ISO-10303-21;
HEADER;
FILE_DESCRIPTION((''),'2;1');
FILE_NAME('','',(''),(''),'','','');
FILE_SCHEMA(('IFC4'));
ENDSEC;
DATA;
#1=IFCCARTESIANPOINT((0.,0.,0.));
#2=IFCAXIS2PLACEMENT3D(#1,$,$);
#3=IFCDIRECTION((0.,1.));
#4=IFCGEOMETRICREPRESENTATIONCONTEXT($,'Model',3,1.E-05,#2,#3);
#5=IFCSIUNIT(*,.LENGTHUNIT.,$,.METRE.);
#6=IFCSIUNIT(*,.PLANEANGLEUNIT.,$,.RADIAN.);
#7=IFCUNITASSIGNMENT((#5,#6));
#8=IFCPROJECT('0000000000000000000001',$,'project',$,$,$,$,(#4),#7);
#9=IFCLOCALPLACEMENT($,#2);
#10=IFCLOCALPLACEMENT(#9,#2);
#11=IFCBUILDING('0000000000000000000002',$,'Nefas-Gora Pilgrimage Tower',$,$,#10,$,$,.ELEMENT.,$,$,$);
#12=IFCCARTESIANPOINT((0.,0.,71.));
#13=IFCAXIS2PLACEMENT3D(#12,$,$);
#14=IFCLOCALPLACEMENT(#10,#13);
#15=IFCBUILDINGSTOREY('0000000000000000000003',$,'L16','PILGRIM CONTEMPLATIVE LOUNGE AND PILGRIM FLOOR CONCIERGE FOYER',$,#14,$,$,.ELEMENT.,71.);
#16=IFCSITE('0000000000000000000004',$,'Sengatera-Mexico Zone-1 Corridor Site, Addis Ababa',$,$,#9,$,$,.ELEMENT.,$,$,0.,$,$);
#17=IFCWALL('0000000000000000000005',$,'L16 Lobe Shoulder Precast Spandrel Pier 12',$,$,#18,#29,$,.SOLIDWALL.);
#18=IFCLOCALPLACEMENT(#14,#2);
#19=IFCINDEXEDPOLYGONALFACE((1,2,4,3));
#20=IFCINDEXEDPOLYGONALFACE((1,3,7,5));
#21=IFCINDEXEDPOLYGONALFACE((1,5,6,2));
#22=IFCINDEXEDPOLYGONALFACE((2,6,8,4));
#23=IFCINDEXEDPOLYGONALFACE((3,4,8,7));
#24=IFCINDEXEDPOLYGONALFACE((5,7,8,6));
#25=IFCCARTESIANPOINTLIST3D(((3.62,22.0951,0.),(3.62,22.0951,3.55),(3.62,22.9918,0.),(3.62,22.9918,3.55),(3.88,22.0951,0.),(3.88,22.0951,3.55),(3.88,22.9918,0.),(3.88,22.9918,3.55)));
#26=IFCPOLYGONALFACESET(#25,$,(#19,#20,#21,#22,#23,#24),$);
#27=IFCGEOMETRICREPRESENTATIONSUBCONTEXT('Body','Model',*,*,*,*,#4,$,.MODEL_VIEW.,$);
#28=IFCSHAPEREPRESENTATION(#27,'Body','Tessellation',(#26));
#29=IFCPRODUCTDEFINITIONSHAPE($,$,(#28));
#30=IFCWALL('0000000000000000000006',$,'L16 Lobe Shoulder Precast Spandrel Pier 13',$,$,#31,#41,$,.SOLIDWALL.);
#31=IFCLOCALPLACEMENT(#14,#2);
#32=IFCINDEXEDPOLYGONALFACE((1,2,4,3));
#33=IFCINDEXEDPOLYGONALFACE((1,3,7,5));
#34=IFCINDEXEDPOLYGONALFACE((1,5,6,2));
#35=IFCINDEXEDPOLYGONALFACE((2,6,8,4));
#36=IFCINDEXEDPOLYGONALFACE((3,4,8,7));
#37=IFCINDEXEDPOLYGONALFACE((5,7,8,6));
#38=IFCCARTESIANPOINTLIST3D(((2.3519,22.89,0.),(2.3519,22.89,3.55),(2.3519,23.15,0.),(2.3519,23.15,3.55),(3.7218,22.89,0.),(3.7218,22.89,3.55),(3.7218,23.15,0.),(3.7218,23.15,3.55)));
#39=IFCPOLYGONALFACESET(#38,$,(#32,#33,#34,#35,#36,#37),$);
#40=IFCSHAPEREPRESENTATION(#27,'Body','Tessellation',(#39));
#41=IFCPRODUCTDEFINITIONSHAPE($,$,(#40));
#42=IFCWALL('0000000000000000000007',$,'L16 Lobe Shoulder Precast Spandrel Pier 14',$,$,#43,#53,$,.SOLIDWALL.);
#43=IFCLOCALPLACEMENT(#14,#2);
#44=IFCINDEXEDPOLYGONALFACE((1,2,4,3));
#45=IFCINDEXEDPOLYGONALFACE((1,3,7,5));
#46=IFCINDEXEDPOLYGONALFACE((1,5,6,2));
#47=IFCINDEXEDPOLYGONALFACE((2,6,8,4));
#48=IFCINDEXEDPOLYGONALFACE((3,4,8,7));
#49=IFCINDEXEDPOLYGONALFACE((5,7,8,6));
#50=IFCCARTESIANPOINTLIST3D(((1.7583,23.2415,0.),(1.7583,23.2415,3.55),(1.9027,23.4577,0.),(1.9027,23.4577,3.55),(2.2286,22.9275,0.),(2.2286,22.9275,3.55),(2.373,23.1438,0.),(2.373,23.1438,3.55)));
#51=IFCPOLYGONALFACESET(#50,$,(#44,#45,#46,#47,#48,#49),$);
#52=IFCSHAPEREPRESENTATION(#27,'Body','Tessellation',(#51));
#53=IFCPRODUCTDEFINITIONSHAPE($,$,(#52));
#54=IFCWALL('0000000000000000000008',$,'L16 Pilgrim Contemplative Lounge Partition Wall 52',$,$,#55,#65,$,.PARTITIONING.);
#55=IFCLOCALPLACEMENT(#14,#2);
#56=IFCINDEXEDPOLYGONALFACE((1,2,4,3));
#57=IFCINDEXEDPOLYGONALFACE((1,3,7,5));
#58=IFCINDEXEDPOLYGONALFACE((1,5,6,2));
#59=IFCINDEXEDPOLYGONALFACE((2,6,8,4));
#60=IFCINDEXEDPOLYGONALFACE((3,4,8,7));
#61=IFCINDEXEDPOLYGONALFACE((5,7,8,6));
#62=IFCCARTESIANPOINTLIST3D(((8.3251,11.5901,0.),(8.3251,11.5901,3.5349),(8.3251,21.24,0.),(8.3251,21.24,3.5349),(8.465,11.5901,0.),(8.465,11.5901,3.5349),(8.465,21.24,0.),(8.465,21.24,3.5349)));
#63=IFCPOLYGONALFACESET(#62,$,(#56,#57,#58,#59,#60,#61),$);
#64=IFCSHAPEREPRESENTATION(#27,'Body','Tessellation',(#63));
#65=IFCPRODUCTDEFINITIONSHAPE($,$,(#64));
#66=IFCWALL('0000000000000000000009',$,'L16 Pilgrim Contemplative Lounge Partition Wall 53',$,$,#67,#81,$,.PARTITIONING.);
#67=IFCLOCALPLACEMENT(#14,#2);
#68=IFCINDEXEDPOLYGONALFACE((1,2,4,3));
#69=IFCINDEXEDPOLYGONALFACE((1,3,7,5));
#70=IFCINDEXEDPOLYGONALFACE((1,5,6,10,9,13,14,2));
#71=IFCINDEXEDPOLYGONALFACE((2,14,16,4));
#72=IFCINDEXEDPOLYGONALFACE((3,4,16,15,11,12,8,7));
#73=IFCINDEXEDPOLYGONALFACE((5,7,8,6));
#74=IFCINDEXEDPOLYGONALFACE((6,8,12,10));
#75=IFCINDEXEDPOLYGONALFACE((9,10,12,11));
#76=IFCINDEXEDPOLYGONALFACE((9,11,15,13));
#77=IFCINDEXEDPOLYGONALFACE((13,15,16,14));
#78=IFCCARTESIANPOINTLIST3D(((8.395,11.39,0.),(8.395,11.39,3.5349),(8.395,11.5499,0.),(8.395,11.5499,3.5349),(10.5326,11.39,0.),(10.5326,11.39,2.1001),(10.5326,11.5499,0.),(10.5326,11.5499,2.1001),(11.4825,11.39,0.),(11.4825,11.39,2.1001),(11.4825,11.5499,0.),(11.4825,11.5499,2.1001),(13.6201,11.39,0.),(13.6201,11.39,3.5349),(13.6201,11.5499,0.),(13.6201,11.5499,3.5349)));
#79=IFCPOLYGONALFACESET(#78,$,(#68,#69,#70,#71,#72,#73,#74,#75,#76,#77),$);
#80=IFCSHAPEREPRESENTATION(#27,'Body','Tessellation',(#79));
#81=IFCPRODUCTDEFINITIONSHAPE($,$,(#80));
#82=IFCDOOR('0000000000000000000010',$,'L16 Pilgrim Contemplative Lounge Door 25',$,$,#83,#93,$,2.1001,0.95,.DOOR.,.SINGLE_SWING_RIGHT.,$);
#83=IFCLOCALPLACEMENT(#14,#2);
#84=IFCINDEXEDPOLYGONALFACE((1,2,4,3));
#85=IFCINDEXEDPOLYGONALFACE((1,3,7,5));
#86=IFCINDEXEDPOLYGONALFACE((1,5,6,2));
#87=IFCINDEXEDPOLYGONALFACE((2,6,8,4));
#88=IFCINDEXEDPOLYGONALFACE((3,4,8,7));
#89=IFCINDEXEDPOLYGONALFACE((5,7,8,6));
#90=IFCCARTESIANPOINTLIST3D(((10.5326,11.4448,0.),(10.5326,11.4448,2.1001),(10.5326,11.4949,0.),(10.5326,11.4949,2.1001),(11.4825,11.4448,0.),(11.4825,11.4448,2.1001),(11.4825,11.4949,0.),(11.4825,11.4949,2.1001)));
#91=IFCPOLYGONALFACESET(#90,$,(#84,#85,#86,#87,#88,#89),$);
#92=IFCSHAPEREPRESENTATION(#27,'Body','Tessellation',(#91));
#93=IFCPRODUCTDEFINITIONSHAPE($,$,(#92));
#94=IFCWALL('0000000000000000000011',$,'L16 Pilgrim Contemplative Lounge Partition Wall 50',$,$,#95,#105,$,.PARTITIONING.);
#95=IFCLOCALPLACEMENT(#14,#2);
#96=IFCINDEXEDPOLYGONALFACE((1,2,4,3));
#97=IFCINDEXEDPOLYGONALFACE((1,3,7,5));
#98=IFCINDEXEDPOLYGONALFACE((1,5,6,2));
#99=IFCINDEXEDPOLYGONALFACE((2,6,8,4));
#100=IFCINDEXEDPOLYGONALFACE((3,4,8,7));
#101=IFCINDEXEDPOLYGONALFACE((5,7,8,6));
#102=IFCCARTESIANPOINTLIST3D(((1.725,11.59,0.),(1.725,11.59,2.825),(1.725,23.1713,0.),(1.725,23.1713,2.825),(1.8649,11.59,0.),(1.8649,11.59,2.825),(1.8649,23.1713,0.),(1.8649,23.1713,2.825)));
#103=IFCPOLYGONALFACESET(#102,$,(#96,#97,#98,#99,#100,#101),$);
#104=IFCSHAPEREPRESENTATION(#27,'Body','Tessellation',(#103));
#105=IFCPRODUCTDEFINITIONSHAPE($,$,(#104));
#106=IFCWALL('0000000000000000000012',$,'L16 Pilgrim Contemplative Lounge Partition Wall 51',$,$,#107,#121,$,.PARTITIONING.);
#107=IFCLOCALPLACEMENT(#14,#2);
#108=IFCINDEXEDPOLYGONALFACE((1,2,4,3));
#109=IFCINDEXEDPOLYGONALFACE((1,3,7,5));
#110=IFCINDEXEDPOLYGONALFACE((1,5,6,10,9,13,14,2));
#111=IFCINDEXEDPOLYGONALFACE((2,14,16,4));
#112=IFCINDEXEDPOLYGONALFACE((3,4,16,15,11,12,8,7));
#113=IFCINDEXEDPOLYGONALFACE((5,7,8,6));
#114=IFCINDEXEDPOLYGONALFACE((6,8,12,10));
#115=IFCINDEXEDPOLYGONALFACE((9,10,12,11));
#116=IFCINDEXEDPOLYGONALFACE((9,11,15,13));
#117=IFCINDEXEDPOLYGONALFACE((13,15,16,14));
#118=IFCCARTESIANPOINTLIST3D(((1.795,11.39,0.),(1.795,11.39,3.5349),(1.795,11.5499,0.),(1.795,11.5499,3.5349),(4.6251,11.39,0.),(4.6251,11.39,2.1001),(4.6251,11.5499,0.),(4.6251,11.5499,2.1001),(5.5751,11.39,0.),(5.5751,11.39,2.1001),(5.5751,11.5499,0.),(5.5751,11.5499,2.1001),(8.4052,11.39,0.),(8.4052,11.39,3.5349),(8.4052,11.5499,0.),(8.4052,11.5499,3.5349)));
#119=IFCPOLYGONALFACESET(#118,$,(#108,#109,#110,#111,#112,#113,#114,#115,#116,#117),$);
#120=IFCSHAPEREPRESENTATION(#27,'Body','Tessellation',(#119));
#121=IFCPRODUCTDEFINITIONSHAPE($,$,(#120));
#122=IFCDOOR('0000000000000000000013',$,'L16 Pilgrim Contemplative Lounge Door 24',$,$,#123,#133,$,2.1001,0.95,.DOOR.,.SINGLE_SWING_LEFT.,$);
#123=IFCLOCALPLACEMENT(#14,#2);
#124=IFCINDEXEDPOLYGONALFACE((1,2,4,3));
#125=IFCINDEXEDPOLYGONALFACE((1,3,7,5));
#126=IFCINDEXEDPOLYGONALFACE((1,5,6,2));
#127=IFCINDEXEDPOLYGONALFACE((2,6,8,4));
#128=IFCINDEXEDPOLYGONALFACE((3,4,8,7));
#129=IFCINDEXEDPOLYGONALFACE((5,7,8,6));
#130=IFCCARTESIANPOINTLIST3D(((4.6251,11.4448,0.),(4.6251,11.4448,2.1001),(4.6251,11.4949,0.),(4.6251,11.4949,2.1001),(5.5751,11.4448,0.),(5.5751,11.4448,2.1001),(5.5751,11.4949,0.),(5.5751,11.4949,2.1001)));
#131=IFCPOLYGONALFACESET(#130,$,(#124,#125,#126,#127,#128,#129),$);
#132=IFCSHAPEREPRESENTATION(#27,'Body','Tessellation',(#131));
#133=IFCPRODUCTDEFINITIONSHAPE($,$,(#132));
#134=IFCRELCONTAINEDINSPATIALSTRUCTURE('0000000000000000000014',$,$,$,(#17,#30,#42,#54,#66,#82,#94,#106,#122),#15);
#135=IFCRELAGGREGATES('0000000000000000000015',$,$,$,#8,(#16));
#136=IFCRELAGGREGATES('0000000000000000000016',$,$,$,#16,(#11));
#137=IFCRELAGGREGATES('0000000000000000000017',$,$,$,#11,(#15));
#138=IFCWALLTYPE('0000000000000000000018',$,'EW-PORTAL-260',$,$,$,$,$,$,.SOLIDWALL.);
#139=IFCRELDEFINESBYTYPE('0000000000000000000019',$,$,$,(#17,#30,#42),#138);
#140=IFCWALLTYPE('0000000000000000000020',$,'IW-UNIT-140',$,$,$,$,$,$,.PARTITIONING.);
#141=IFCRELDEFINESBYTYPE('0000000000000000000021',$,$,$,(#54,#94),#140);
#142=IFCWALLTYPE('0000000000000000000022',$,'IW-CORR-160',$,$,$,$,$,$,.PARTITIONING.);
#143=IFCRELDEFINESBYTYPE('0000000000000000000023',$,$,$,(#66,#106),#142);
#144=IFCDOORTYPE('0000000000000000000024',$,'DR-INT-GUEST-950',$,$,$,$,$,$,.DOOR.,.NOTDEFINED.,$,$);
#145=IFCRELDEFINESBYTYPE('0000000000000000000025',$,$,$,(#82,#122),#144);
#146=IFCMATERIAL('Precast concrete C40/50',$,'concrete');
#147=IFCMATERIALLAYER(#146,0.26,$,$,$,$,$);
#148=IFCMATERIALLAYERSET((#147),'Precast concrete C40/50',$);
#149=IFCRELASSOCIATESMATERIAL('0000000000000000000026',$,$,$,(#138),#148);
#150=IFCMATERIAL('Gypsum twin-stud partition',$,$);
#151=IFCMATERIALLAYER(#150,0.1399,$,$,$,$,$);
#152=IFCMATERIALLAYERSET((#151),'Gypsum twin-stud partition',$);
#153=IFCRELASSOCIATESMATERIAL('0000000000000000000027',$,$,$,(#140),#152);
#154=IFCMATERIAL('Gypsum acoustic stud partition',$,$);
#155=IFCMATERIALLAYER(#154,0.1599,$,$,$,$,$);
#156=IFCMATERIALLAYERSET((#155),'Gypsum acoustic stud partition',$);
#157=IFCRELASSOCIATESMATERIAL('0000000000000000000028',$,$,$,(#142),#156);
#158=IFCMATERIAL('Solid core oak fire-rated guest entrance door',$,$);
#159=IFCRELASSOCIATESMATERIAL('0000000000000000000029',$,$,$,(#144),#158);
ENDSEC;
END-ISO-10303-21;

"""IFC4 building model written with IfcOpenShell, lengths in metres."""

from ifc_helpers import new_model, si_unit, direction, frame, frame_2d, origin, place, context, subcontext, project, spatial, rectangle, extrude, source, transform, mapped, material, layer, layer_set, type_object, element, fill, save


model = new_model("IFC4")

# Units and contexts
model_context = context("Model", 3, precision=1e-05, world=origin(), true_north=direction((0.0, 1.0)))
body_context = subcontext(model_context, "Body", "Model", "MODEL_VIEW")
ifc_project = project(units=[si_unit("LENGTHUNIT", "METRE"), si_unit("PLANEANGLEUNIT", "RADIAN")], contexts=[model_context])

# Site, building, storey
site_placement = place(None, origin())
site = spatial("IfcSite", under=ifc_project, at=site_placement, Name="Sengatera-Mexico Zone-1 Corridor Site, Addis Ababa", CompositionType="ELEMENT", RefElevation=0.0)
building_placement = place(site_placement, origin())
building = spatial("IfcBuilding", under=site, at=building_placement, Name="Nefas-Gora Pilgrimage Tower", CompositionType="ELEMENT")
storey_placement = place(building_placement, frame((0.0, 0.0, 71.0)))
storey = spatial("IfcBuildingStorey", under=building, at=storey_placement, Name="L16", Description="PILGRIM CONTEMPLATIVE LOUNGE AND PILGRIM FLOOR CONCIERGE FOYER", CompositionType="ELEMENT", Elevation=71.0)

# Walls
ifc_material_1 = material(Name="Precast concrete C40/50", Category="concrete")
ifc_layer_1 = layer(ifc_material_1, 0.26)
ifc_layer_set_1 = layer_set([ifc_layer_1], Name="Precast concrete C40/50")
wall_type_1 = type_object("IfcWallType", Name="EW-PORTAL-260", PredefinedType="SOLIDWALL", material=ifc_layer_set_1)
shared_shape_1 = source(origin(), body_context, "Body", "SweptSolid", [
    extrude(rectangle(XDim=0.8967, YDim=0.26, at=frame_2d((0.4482, 0.0))), origin(), (0.0, 0.0, 1.0), 3.55),
])
wall_1_placement = place(storey_placement, frame((3.75, 22.0952, 0.0), z_axis=(0.0, 0.0, 1.0), x_axis=(0.0, 1.0, 0.0)))
element("IfcWall", 1, at=wall_1_placement, inside=storey, type_object=wall_type_1, Name="L16 Lobe Shoulder Precast Spandrel Pier 12", PredefinedType="SOLIDWALL", context=body_context, shape_type="MappedRepresentation", body=[
    mapped(shared_shape_1, transform((0.0, 0.0, 0.0), x_axis=(1.0, 0.0, 0.0), y_axis=(0.0, 1.0, 0.0), z_axis=(0.0, 0.0, 1.0), scale=1.0)),
])
shared_shape_2 = source(origin(), body_context, "Body", "SweptSolid", [
    extrude(rectangle(XDim=1.3699, YDim=0.26, at=frame_2d((0.6851, 0.0))), origin(), (0.0, 0.0, 1.0), 3.55),
])
wall_2_placement = place(storey_placement, frame((3.7219, 23.02, 0.0), z_axis=(0.0, 0.0, 1.0), x_axis=(-1.0, 0.0, 0.0)))
element("IfcWall", 2, at=wall_2_placement, inside=storey, type_object=wall_type_1, Name="L16 Lobe Shoulder Precast Spandrel Pier 13", PredefinedType="SOLIDWALL", context=body_context, shape_type="MappedRepresentation", body=[
    mapped(shared_shape_2, transform((0.0, 0.0, 0.0), x_axis=(1.0, 0.0, 0.0), y_axis=(0.0, 1.0, 0.0), z_axis=(0.0, 0.0, 1.0), scale=1.0)),
])
shared_shape_3 = source(origin(), body_context, "Body", "SweptSolid", [
    extrude(rectangle(XDim=0.5654, YDim=0.26, at=frame_2d((0.2827, 0.0))), origin(), (0.0, 0.0, 1.0), 3.55),
])
wall_3_placement = place(storey_placement, frame((2.3008, 23.0356, 0.0), z_axis=(0.0, 0.0, 1.0), x_axis=(-0.831651, 0.555298, 0.0)))
element("IfcWall", 3, at=wall_3_placement, inside=storey, type_object=wall_type_1, Name="L16 Lobe Shoulder Precast Spandrel Pier 14", PredefinedType="SOLIDWALL", context=body_context, shape_type="MappedRepresentation", body=[
    mapped(shared_shape_3, transform((0.0, 0.0, 0.0), x_axis=(1.0, 0.0, 0.0), y_axis=(0.0, 1.0, 0.0), z_axis=(0.0, 0.0, 1.0), scale=1.0)),
])
ifc_material_2 = material(Name="Gypsum twin-stud partition")
ifc_layer_2 = layer(ifc_material_2, 0.1399)
ifc_layer_set_2 = layer_set([ifc_layer_2], Name="Gypsum twin-stud partition")
wall_type_2 = type_object("IfcWallType", Name="IW-UNIT-140", PredefinedType="PARTITIONING", material=ifc_layer_set_2)
shared_shape_4 = source(origin(), body_context, "Body", "SweptSolid", [
    extrude(rectangle(XDim=9.6499, YDim=0.1399, at=frame_2d((4.825, 0.0))), origin(), (0.0, 0.0, 1.0), 3.5349),
])
wall_4_placement = place(storey_placement, frame((8.395, 11.5901, 0.0), z_axis=(0.0, 0.0, 1.0), x_axis=(0.0, 1.0, 0.0)))
element("IfcWall", 4, at=wall_4_placement, inside=storey, type_object=wall_type_2, Name="L16 Pilgrim Contemplative Lounge Partition Wall 52", PredefinedType="PARTITIONING", context=body_context, shape_type="MappedRepresentation", body=[
    mapped(shared_shape_4, transform((0.0, 0.0, 0.0), x_axis=(1.0, 0.0, 0.0), y_axis=(0.0, 1.0, 0.0), z_axis=(0.0, 0.0, 1.0), scale=1.0)),
])

# Wall, opening, door
ifc_material_3 = material(Name="Gypsum acoustic stud partition")
ifc_layer_3 = layer(ifc_material_3, 0.1599)
ifc_layer_set_3 = layer_set([ifc_layer_3], Name="Gypsum acoustic stud partition")
wall_type_3 = type_object("IfcWallType", Name="IW-CORR-160", PredefinedType="PARTITIONING", material=ifc_layer_set_3)
shared_shape_5 = source(origin(), body_context, "Body", "SweptSolid", [
    extrude(rectangle(XDim=5.2251, YDim=0.1599, at=frame_2d((2.6125, 0.0))), origin(), (0.0, 0.0, 1.0), 3.5349),
])
wall_5_placement = place(storey_placement, frame((8.395, 11.47, 0.0), z_axis=(0.0, 0.0, 1.0), x_axis=(1.0, 0.0, 0.0)))
wall_5 = element("IfcWall", 5, at=wall_5_placement, inside=storey, type_object=wall_type_3, Name="L16 Pilgrim Contemplative Lounge Partition Wall 53", PredefinedType="PARTITIONING", context=body_context, shape_type="MappedRepresentation", body=[
    mapped(shared_shape_5, transform((0.0, 0.0, 0.0), x_axis=(1.0, 0.0, 0.0), y_axis=(0.0, 1.0, 0.0), z_axis=(0.0, 0.0, 1.0), scale=1.0)),
])
opening_1_placement = place(wall_5_placement, frame((2.1375, 0.0, 0.0)))
opening_1 = element("IfcOpeningElement", 6, at=opening_1_placement, cuts=wall_5, PredefinedType="OPENING", context=body_context, shape_type="SweptSolid", body=[
    extrude(rectangle(XDim=0.95, YDim=2.1001, at=frame_2d((0.4751, 1.05))), frame((0.0, 0.0898, 0.0), z_axis=(0.0, -1.0, 0.0), x_axis=(1.0, 0.0, 0.0)), (0.0, 0.0, 1.0), 0.1799),
])
ifc_material_4 = material(Name="Solid core oak fire-rated guest entrance door")
door_type = type_object("IfcDoorType", Name="DR-INT-GUEST-950", OperationType="NOTDEFINED", PredefinedType="DOOR", material=ifc_material_4)
shared_shape_6 = source(origin(), body_context, "Body", "SweptSolid", [
    extrude(rectangle(XDim=0.95, YDim=2.1001, at=frame_2d((0.4751, 1.05))), frame((0.0, 0.0249, 0.0), z_axis=(0.0, -1.0, 0.0), x_axis=(1.0, 0.0, 0.0)), (0.0, 0.0, 1.0), 0.05),
])
door_1_placement = place(opening_1_placement, origin())
door_1 = element("IfcDoor", 7, at=door_1_placement, inside=storey, type_object=door_type, Name="L16 Pilgrim Contemplative Lounge Door 25", OperationType="SINGLE_SWING_RIGHT", OverallHeight=2.1001, OverallWidth=0.95, PredefinedType="DOOR", context=body_context, shape_type="MappedRepresentation", body=[
    mapped(shared_shape_6, transform((0.0, 0.0, 0.0), x_axis=(1.0, 0.0, 0.0), y_axis=(0.0, 1.0, 0.0), z_axis=(0.0, 0.0, 1.0), scale=1.0)),
])
fill(opening_1, door_1)

# Wall
shared_shape_7 = source(origin(), body_context, "Body", "SweptSolid", [
    extrude(rectangle(XDim=11.5813, YDim=0.1399, at=frame_2d((5.7905, 0.0))), origin(), (0.0, 0.0, 1.0), 2.825),
])
wall_6_placement = place(storey_placement, frame((1.7949, 11.5901, 0.0), z_axis=(0.0, 0.0, 1.0), x_axis=(0.0, 1.0, 0.0)))
element("IfcWall", 8, at=wall_6_placement, inside=storey, type_object=wall_type_2, Name="L16 Pilgrim Contemplative Lounge Partition Wall 50", PredefinedType="PARTITIONING", context=body_context, shape_type="MappedRepresentation", body=[
    mapped(shared_shape_7, transform((0.0, 0.0, 0.0), x_axis=(1.0, 0.0, 0.0), y_axis=(0.0, 1.0, 0.0), z_axis=(0.0, 0.0, 1.0), scale=1.0)),
])

# Wall, opening, door
shared_shape_8 = source(origin(), body_context, "Body", "SweptSolid", [
    extrude(rectangle(XDim=6.6101, YDim=0.1599, at=frame_2d((3.3052, 0.0))), origin(), (0.0, 0.0, 1.0), 3.5349),
])
wall_7_placement = place(storey_placement, frame((1.7949, 11.47, 0.0), z_axis=(0.0, 0.0, 1.0), x_axis=(1.0, 0.0, 0.0)))
wall_7 = element("IfcWall", 9, at=wall_7_placement, inside=storey, type_object=wall_type_3, Name="L16 Pilgrim Contemplative Lounge Partition Wall 51", PredefinedType="PARTITIONING", context=body_context, shape_type="MappedRepresentation", body=[
    mapped(shared_shape_8, transform((0.0, 0.0, 0.0), x_axis=(1.0, 0.0, 0.0), y_axis=(0.0, 1.0, 0.0), z_axis=(0.0, 0.0, 1.0), scale=1.0)),
])
opening_2_placement = place(wall_7_placement, frame((2.8301, 0.0, 0.0)))
opening_2 = element("IfcOpeningElement", 10, at=opening_2_placement, cuts=wall_7, PredefinedType="OPENING", context=body_context, shape_type="SweptSolid", body=[
    extrude(rectangle(XDim=0.95, YDim=2.1001, at=frame_2d((0.4751, 1.05))), frame((0.0, 0.0898, 0.0), z_axis=(0.0, -1.0, 0.0), x_axis=(1.0, 0.0, 0.0)), (0.0, 0.0, 1.0), 0.1799),
])
door_2_placement = place(opening_2_placement, origin())
door_2 = element("IfcDoor", 11, at=door_2_placement, inside=storey, type_object=door_type, Name="L16 Pilgrim Contemplative Lounge Door 24", OperationType="SINGLE_SWING_LEFT", OverallHeight=2.1001, OverallWidth=0.95, PredefinedType="DOOR", context=body_context, shape_type="MappedRepresentation", body=[
    mapped(shared_shape_6, transform((0.0, 0.0, 0.0), x_axis=(1.0, 0.0, 0.0), y_axis=(0.0, 1.0, 0.0), z_axis=(0.0, 0.0, 1.0), scale=1.0)),
])
fill(opening_2, door_2)

save(model, "model.ifc")
